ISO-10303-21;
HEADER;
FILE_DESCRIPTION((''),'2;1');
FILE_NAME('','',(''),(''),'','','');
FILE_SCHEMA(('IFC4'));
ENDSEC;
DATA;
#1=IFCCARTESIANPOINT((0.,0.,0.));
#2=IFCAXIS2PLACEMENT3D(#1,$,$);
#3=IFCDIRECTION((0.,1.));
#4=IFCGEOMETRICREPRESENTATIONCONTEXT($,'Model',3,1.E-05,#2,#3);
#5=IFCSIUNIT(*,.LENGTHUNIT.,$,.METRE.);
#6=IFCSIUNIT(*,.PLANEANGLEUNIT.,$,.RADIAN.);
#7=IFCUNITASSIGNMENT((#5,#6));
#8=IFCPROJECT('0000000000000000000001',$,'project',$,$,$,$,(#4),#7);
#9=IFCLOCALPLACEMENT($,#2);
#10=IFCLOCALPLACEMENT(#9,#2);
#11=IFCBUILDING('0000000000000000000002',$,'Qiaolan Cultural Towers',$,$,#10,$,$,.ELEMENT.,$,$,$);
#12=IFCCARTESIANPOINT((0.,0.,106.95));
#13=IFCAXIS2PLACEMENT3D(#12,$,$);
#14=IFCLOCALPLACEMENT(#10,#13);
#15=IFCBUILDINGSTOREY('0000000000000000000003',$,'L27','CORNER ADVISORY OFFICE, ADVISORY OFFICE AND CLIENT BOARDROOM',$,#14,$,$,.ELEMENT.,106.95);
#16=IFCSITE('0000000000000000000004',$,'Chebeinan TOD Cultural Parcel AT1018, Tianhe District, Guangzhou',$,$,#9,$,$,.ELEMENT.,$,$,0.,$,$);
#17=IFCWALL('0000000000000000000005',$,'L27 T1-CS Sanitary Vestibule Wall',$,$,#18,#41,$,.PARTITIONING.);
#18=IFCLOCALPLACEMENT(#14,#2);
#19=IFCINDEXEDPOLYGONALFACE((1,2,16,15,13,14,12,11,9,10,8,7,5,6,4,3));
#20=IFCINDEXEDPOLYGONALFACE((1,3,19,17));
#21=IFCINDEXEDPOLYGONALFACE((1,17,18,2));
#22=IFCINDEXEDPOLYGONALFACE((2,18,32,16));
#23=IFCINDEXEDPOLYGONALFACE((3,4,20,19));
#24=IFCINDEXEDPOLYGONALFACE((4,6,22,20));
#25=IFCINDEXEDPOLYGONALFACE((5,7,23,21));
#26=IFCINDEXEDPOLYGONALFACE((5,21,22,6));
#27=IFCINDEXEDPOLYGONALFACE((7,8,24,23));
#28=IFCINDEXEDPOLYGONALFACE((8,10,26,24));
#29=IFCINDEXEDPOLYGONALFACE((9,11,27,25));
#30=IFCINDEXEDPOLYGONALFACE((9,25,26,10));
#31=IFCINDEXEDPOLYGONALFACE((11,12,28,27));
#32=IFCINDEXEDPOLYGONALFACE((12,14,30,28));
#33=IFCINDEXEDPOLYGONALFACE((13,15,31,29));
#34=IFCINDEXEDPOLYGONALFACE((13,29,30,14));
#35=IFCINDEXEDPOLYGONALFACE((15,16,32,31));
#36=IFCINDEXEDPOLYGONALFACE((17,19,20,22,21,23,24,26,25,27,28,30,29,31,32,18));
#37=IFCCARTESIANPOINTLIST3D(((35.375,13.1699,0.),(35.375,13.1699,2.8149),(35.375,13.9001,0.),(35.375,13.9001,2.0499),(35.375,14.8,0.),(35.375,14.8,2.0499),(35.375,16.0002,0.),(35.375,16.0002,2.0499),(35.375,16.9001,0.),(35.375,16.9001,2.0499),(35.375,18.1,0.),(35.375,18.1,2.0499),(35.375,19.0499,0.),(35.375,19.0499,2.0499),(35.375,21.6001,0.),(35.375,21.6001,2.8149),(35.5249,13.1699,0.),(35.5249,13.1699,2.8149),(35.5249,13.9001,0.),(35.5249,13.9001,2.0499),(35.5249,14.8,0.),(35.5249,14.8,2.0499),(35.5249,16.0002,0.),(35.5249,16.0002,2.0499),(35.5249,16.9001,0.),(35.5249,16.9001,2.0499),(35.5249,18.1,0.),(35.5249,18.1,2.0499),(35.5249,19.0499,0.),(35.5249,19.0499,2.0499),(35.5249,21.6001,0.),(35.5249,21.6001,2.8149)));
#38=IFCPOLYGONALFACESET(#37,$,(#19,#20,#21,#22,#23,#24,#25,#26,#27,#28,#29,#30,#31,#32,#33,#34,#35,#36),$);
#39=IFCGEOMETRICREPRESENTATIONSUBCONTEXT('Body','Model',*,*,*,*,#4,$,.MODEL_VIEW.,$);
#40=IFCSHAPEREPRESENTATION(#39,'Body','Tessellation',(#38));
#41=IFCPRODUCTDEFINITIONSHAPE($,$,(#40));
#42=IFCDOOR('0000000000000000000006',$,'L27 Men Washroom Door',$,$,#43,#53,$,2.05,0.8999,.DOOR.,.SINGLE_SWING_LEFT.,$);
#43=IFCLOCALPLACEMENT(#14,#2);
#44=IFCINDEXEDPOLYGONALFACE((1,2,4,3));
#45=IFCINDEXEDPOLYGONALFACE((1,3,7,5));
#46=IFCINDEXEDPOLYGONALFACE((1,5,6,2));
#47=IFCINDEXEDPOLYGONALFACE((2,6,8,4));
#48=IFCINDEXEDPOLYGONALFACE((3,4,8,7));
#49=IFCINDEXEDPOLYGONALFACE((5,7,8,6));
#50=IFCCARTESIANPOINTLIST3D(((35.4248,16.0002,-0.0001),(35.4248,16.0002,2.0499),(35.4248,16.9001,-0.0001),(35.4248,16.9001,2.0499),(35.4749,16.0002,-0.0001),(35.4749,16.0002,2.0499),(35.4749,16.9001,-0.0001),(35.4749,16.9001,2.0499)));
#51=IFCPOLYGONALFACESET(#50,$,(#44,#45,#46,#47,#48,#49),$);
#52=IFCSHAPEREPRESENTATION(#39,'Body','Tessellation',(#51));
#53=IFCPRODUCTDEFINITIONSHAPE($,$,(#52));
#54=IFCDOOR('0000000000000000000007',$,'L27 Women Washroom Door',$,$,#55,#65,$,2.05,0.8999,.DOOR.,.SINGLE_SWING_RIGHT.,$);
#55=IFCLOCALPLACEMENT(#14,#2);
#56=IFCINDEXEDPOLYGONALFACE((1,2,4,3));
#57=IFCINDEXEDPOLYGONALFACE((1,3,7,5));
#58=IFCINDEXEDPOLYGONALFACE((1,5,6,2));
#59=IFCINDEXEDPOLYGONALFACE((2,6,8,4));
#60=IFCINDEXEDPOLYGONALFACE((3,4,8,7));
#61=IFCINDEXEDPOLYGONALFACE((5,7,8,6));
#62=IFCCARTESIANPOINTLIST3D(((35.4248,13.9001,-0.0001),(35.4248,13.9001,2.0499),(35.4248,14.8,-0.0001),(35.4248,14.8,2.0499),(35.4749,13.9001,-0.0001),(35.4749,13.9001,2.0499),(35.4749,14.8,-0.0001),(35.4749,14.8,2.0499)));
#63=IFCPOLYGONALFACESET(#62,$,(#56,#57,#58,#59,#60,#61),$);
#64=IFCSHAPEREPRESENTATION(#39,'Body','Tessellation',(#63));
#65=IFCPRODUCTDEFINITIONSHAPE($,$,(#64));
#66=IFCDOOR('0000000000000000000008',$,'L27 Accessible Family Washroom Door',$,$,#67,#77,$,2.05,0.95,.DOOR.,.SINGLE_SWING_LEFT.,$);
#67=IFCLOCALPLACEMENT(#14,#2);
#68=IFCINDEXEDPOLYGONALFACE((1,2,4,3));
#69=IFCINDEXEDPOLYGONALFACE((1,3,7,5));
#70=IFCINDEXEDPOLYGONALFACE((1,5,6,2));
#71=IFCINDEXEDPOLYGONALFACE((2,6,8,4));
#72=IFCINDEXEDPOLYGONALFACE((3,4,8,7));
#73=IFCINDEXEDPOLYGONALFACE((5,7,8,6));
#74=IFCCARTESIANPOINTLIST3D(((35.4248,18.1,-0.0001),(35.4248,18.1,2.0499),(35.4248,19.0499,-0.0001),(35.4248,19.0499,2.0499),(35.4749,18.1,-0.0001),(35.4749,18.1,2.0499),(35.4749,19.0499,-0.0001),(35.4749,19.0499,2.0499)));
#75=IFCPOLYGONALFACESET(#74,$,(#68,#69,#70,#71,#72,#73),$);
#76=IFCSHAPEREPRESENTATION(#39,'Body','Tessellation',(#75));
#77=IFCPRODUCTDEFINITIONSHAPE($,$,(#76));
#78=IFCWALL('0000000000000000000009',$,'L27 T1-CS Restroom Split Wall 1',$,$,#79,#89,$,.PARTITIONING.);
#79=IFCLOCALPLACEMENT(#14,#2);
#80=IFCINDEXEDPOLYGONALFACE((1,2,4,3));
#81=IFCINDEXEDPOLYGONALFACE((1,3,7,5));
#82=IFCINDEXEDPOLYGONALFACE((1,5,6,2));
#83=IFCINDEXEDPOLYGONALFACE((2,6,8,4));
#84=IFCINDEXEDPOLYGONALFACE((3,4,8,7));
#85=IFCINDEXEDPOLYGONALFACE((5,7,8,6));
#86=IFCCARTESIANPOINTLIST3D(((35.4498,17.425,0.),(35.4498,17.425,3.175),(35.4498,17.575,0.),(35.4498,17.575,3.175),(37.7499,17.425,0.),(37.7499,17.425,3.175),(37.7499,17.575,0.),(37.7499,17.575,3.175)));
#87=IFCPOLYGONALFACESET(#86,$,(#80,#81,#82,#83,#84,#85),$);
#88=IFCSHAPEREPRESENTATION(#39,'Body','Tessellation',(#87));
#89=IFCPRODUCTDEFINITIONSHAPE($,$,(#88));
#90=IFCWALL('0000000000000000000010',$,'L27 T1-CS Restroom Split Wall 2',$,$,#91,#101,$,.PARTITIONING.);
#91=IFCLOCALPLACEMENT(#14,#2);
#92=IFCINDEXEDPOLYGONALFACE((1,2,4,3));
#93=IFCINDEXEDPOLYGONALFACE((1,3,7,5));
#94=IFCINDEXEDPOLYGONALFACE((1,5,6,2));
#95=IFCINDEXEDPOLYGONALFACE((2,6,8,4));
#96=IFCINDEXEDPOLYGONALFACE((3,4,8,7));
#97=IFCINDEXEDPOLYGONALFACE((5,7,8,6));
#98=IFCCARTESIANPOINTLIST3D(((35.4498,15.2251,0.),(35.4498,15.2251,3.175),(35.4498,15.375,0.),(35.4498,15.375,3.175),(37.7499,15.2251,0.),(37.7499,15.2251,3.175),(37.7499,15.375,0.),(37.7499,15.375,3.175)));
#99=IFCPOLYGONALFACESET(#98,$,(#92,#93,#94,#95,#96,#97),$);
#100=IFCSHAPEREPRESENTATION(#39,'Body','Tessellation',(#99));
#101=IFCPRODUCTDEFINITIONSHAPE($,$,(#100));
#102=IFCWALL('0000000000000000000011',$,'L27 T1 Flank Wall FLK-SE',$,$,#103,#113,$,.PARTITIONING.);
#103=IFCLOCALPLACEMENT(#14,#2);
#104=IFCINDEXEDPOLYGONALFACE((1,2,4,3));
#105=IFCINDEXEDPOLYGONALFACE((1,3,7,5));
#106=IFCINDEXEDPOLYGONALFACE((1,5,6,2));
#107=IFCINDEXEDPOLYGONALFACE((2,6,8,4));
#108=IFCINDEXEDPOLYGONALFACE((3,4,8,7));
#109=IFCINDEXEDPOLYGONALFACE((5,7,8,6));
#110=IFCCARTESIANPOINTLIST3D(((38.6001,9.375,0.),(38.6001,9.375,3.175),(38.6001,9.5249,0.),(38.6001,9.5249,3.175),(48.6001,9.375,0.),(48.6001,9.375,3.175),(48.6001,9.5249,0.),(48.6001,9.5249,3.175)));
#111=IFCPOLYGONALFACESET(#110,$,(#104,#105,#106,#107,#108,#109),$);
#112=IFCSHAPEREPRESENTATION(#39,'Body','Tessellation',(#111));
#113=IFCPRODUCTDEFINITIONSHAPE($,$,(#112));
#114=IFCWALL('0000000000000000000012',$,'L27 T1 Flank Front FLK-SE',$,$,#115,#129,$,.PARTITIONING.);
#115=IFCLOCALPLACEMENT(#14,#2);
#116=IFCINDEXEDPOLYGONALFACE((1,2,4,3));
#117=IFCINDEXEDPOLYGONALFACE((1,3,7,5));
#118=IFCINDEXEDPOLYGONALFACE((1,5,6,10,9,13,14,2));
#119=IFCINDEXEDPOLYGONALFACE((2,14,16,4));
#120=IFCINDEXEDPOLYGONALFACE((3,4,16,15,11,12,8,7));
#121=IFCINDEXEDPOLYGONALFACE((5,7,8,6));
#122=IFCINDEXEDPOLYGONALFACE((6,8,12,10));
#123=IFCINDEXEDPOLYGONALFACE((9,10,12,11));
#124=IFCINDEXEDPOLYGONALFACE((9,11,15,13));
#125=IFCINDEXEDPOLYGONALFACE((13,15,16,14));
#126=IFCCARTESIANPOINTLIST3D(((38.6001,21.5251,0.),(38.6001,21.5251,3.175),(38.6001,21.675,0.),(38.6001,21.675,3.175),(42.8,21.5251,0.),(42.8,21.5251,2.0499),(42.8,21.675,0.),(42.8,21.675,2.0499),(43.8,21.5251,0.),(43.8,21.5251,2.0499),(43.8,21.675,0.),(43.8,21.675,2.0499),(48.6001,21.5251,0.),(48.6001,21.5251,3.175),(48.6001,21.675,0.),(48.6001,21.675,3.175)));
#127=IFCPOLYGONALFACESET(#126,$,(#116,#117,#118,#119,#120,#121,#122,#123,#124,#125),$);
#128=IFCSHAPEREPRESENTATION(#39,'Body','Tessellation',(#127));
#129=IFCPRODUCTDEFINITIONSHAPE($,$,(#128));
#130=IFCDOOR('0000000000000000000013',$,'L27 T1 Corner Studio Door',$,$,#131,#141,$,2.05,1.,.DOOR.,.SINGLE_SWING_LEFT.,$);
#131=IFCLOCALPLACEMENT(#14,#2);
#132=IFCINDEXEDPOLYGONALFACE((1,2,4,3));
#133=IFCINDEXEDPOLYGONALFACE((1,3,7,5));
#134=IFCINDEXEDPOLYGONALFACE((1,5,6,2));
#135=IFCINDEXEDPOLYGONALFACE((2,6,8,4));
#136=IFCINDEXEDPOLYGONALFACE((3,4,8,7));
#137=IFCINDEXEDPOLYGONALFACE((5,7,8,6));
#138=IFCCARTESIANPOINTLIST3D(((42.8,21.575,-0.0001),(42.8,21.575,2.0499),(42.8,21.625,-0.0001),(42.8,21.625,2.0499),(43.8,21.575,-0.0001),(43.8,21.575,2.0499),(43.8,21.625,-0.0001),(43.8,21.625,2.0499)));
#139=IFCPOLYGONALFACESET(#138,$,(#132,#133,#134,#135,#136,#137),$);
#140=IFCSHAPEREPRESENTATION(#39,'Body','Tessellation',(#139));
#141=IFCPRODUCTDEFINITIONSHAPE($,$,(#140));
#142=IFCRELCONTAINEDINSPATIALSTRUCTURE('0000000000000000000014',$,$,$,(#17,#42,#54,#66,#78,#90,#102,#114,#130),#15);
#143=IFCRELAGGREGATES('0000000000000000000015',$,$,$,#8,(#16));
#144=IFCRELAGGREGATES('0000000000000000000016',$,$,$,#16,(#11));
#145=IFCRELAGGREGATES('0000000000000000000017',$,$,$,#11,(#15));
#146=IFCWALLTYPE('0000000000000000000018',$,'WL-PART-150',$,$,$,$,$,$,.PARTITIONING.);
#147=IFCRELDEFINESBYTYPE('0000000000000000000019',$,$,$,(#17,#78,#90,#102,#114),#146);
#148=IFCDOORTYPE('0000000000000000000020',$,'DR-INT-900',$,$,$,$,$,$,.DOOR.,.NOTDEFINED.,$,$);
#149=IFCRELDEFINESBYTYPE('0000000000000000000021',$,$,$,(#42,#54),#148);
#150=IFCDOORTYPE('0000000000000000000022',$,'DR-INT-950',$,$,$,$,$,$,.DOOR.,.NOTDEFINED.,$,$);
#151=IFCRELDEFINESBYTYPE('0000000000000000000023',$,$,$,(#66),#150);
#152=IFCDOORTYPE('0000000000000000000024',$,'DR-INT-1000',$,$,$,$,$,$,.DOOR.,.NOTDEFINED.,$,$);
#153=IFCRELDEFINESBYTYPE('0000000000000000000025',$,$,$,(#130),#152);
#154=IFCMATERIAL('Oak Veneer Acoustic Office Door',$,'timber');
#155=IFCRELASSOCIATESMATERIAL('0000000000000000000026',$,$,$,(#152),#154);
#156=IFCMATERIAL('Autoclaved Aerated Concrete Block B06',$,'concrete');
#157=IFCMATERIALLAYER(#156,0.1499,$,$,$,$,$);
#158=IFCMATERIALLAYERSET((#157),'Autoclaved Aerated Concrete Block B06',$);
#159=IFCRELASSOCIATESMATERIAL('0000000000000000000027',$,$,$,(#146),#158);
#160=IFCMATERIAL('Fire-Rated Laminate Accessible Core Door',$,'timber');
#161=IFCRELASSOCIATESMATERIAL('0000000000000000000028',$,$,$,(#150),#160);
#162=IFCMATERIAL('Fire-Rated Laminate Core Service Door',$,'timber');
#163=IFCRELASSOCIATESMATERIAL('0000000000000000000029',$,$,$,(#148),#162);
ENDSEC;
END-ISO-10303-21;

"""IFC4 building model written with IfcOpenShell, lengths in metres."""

from ifc_helpers import new_model, si_unit, direction, frame, frame_2d, origin, place, context, subcontext, project, spatial, rectangle, extrude, material, layer, layer_set, type_object, element, fill, save


model = new_model("IFC4")

# Units and contexts
model_context = context("Model", 3, precision=1e-05, world=origin(), true_north=direction((0.0, 1.0)))
body_context = subcontext(model_context, "Body", "Model", "MODEL_VIEW")
ifc_project = project(units=[si_unit("LENGTHUNIT", "METRE"), si_unit("PLANEANGLEUNIT", "RADIAN")], contexts=[model_context])

# Site, building, storey
site_placement = place(None, origin())
site = spatial("IfcSite", under=ifc_project, at=site_placement, Name="Chebeinan TOD Cultural Parcel AT1018, Tianhe District, Guangzhou", CompositionType="ELEMENT", RefElevation=0.0)
building_placement = place(site_placement, origin())
building = spatial("IfcBuilding", under=site, at=building_placement, Name="Qiaolan Cultural Towers", CompositionType="ELEMENT")
storey_placement = place(building_placement, frame((0.0, 0.0, 106.95)))
storey = spatial("IfcBuildingStorey", under=building, at=storey_placement, Name="L27", Description="CORNER ADVISORY OFFICE, ADVISORY OFFICE AND CLIENT BOARDROOM", CompositionType="ELEMENT", Elevation=106.95)

# Shared definitions
ifc_material_1 = material(Name="Oak Veneer Acoustic Office Door", Category="timber")
door_type_1 = type_object("IfcDoorType", Name="DR-INT-1000", OperationType="NOTDEFINED", PredefinedType="DOOR", material=ifc_material_1)

# Shared definitions
ifc_material_2 = material(Name="Autoclaved Aerated Concrete Block B06", Category="concrete")
ifc_layer_1 = layer(ifc_material_2, 0.1499)
ifc_layer_set_1 = layer_set([ifc_layer_1], Name="Autoclaved Aerated Concrete Block B06")
wall_type_1 = type_object("IfcWallType", Name="WL-PART-150", PredefinedType="PARTITIONING", material=ifc_layer_set_1)
ifc_material_3 = material(Name="Fire-Rated Laminate Accessible Core Door", Category="timber")
door_type_2 = type_object("IfcDoorType", Name="DR-INT-950", OperationType="NOTDEFINED", PredefinedType="DOOR", material=ifc_material_3)

# Wall, openings, doors
wall_1_placement = place(storey_placement, frame((35.45, 21.6001, 0.0), z_axis=(0.0, 0.0, 1.0), x_axis=(0.0, -1.0, 0.0)))
wall_1 = element("IfcWall", 1, at=wall_1_placement, inside=storey, type_object=wall_type_1, Name="L27 T1-CS Sanitary Vestibule Wall", PredefinedType="PARTITIONING", context=body_context, shape_type="SweptSolid", body=[
    extrude(rectangle(XDim=8.4302, YDim=0.1499, at=frame_2d((4.2151, 0.0))), origin(), (0.0, 0.0, 1.0), 2.8149),
])
opening_1_placement = place(wall_1_placement, frame((2.55, 0.0, 0.0)))
opening_1 = element("IfcOpeningElement", 2, at=opening_1_placement, cuts=wall_1, PredefinedType="OPENING", context=body_context, shape_type="SweptSolid", body=[
    extrude(rectangle(XDim=0.95, YDim=2.05, at=frame_2d((0.4751, 1.0249))), frame((0.0, 0.085, 0.0), z_axis=(0.0, -1.0, 0.0), x_axis=(1.0, 0.0, 0.0)), (0.0, 0.0, 1.0), 0.1699),
])
opening_2_placement = place(wall_1_placement, frame((4.7, 0.0, 0.0)))
opening_2 = element("IfcOpeningElement", 3, at=opening_2_placement, cuts=wall_1, PredefinedType="OPENING", context=body_context, shape_type="SweptSolid", body=[
    extrude(rectangle(XDim=0.8999, YDim=2.05, at=frame_2d((0.45, 1.0249))), frame((0.0, 0.085, 0.0), z_axis=(0.0, -1.0, 0.0), x_axis=(1.0, 0.0, 0.0)), (0.0, 0.0, 1.0), 0.1699),
])
opening_3_placement = place(wall_1_placement, frame((6.8, 0.0, 0.0)))
opening_3 = element("IfcOpeningElement", 4, at=opening_3_placement, cuts=wall_1, PredefinedType="OPENING", context=body_context, shape_type="SweptSolid", body=[
    extrude(rectangle(XDim=0.8999, YDim=2.05, at=frame_2d((0.45, 1.0249))), frame((0.0, 0.085, 0.0), z_axis=(0.0, -1.0, 0.0), x_axis=(1.0, 0.0, 0.0)), (0.0, 0.0, 1.0), 0.1699),
])
ifc_material_4 = material(Name="Fire-Rated Laminate Core Service Door", Category="timber")
door_type_3 = type_object("IfcDoorType", Name="DR-INT-900", OperationType="NOTDEFINED", PredefinedType="DOOR", material=ifc_material_4)
door_1_placement = place(opening_2_placement, origin())
door_1 = element("IfcDoor", 5, at=door_1_placement, inside=storey, type_object=door_type_3, Name="L27 Men Washroom Door", OperationType="SINGLE_SWING_LEFT", OverallHeight=2.05, OverallWidth=0.8999, PredefinedType="DOOR", context=body_context, shape_type="SweptSolid", body=[
    extrude(rectangle(XDim=0.8999, YDim=2.05, at=frame_2d((0.45, 1.0249))), frame((0.0, 0.0249, 0.0), z_axis=(0.0, -1.0, 0.0), x_axis=(1.0, 0.0, 0.0)), (0.0, 0.0, 1.0), 0.05),
])
fill(opening_2, door_1)
door_2_placement = place(opening_3_placement, origin())
door_2 = element("IfcDoor", 6, at=door_2_placement, inside=storey, type_object=door_type_3, Name="L27 Women Washroom Door", OperationType="SINGLE_SWING_RIGHT", OverallHeight=2.05, OverallWidth=0.8999, PredefinedType="DOOR", context=body_context, shape_type="SweptSolid", body=[
    extrude(rectangle(XDim=0.8999, YDim=2.05, at=frame_2d((0.45, 1.0249))), frame((0.0, 0.0249, 0.0), z_axis=(0.0, -1.0, 0.0), x_axis=(1.0, 0.0, 0.0)), (0.0, 0.0, 1.0), 0.05),
])
fill(opening_3, door_2)
door_3_placement = place(opening_1_placement, origin())
door_3 = element("IfcDoor", 7, at=door_3_placement, inside=storey, type_object=door_type_2, Name="L27 Accessible Family Washroom Door", OperationType="SINGLE_SWING_LEFT", OverallHeight=2.05, OverallWidth=0.95, PredefinedType="DOOR", context=body_context, shape_type="SweptSolid", body=[
    extrude(rectangle(XDim=0.95, YDim=2.05, at=frame_2d((0.4751, 1.0249))), frame((0.0, 0.0249, 0.0), z_axis=(0.0, -1.0, 0.0), x_axis=(1.0, 0.0, 0.0)), (0.0, 0.0, 1.0), 0.05),
])
fill(opening_1, door_3)

# Walls
for number, where, z_axis, x_axis, name in (
    (8, (35.45, 17.5, 0.0), (0.0, 0.0, 1.0), (1.0, 0.0, 0.0), "L27 T1-CS Restroom Split Wall 1"),
    (9, (35.45, 15.3, 0.0), (0.0, 0.0, 1.0), (1.0, 0.0, 0.0), "L27 T1-CS Restroom Split Wall 2"),
):
    element("IfcWall", number, at=place(storey_placement, frame(where, z_axis=z_axis, x_axis=x_axis)), inside=storey, type_object=wall_type_1, Name=name, PredefinedType="PARTITIONING", context=body_context, shape_type="SweptSolid", body=[
        extrude(rectangle(XDim=2.3, YDim=0.1499, at=frame_2d((1.1499, 0.0))), origin(), (0.0, 0.0, 1.0), 3.175),
    ])
wall_2_placement = place(storey_placement, frame((38.6001, 9.45, 0.0), z_axis=(0.0, 0.0, 1.0), x_axis=(1.0, 0.0, 0.0)))
element("IfcWall", 10, at=wall_2_placement, inside=storey, type_object=wall_type_1, Name="L27 T1 Flank Wall FLK-SE", PredefinedType="PARTITIONING", context=body_context, shape_type="SweptSolid", body=[
    extrude(rectangle(XDim=10.0, YDim=0.1499, at=frame_2d((5.0, 0.0))), origin(), (0.0, 0.0, 1.0), 3.175),
])

# Wall, opening, door
wall_3_placement = place(storey_placement, frame((38.6001, 21.6001, 0.0), z_axis=(0.0, 0.0, 1.0), x_axis=(1.0, 0.0, 0.0)))
wall_3 = element("IfcWall", 11, at=wall_3_placement, inside=storey, type_object=wall_type_1, Name="L27 T1 Flank Front FLK-SE", PredefinedType="PARTITIONING", context=body_context, shape_type="SweptSolid", body=[
    extrude(rectangle(XDim=10.0, YDim=0.1499, at=frame_2d((5.0, 0.0))), origin(), (0.0, 0.0, 1.0), 3.175),
])
opening_4_placement = place(wall_3_placement, frame((4.2, 0.0, 0.0)))
opening_4 = element("IfcOpeningElement", 12, at=opening_4_placement, cuts=wall_3, PredefinedType="OPENING", context=body_context, shape_type="SweptSolid", body=[
    extrude(rectangle(XDim=1.0, YDim=2.05, at=frame_2d((0.5, 1.0249))), frame((0.0, 0.085, 0.0), z_axis=(0.0, -1.0, 0.0), x_axis=(1.0, 0.0, 0.0)), (0.0, 0.0, 1.0), 0.1699),
])
door_4_placement = place(opening_4_placement, origin())
door_4 = element("IfcDoor", 13, at=door_4_placement, inside=storey, type_object=door_type_1, Name="L27 T1 Corner Studio Door", OperationType="SINGLE_SWING_LEFT", OverallHeight=2.05, OverallWidth=1.0, PredefinedType="DOOR", context=body_context, shape_type="SweptSolid", body=[
    extrude(rectangle(XDim=1.0, YDim=2.05, at=frame_2d((0.5, 1.0249))), frame((0.0, 0.0249, 0.0), z_axis=(0.0, -1.0, 0.0), x_axis=(1.0, 0.0, 0.0)), (0.0, 0.0, 1.0), 0.05),
])
fill(opening_4, door_4)

save(model, "model.ifc")
